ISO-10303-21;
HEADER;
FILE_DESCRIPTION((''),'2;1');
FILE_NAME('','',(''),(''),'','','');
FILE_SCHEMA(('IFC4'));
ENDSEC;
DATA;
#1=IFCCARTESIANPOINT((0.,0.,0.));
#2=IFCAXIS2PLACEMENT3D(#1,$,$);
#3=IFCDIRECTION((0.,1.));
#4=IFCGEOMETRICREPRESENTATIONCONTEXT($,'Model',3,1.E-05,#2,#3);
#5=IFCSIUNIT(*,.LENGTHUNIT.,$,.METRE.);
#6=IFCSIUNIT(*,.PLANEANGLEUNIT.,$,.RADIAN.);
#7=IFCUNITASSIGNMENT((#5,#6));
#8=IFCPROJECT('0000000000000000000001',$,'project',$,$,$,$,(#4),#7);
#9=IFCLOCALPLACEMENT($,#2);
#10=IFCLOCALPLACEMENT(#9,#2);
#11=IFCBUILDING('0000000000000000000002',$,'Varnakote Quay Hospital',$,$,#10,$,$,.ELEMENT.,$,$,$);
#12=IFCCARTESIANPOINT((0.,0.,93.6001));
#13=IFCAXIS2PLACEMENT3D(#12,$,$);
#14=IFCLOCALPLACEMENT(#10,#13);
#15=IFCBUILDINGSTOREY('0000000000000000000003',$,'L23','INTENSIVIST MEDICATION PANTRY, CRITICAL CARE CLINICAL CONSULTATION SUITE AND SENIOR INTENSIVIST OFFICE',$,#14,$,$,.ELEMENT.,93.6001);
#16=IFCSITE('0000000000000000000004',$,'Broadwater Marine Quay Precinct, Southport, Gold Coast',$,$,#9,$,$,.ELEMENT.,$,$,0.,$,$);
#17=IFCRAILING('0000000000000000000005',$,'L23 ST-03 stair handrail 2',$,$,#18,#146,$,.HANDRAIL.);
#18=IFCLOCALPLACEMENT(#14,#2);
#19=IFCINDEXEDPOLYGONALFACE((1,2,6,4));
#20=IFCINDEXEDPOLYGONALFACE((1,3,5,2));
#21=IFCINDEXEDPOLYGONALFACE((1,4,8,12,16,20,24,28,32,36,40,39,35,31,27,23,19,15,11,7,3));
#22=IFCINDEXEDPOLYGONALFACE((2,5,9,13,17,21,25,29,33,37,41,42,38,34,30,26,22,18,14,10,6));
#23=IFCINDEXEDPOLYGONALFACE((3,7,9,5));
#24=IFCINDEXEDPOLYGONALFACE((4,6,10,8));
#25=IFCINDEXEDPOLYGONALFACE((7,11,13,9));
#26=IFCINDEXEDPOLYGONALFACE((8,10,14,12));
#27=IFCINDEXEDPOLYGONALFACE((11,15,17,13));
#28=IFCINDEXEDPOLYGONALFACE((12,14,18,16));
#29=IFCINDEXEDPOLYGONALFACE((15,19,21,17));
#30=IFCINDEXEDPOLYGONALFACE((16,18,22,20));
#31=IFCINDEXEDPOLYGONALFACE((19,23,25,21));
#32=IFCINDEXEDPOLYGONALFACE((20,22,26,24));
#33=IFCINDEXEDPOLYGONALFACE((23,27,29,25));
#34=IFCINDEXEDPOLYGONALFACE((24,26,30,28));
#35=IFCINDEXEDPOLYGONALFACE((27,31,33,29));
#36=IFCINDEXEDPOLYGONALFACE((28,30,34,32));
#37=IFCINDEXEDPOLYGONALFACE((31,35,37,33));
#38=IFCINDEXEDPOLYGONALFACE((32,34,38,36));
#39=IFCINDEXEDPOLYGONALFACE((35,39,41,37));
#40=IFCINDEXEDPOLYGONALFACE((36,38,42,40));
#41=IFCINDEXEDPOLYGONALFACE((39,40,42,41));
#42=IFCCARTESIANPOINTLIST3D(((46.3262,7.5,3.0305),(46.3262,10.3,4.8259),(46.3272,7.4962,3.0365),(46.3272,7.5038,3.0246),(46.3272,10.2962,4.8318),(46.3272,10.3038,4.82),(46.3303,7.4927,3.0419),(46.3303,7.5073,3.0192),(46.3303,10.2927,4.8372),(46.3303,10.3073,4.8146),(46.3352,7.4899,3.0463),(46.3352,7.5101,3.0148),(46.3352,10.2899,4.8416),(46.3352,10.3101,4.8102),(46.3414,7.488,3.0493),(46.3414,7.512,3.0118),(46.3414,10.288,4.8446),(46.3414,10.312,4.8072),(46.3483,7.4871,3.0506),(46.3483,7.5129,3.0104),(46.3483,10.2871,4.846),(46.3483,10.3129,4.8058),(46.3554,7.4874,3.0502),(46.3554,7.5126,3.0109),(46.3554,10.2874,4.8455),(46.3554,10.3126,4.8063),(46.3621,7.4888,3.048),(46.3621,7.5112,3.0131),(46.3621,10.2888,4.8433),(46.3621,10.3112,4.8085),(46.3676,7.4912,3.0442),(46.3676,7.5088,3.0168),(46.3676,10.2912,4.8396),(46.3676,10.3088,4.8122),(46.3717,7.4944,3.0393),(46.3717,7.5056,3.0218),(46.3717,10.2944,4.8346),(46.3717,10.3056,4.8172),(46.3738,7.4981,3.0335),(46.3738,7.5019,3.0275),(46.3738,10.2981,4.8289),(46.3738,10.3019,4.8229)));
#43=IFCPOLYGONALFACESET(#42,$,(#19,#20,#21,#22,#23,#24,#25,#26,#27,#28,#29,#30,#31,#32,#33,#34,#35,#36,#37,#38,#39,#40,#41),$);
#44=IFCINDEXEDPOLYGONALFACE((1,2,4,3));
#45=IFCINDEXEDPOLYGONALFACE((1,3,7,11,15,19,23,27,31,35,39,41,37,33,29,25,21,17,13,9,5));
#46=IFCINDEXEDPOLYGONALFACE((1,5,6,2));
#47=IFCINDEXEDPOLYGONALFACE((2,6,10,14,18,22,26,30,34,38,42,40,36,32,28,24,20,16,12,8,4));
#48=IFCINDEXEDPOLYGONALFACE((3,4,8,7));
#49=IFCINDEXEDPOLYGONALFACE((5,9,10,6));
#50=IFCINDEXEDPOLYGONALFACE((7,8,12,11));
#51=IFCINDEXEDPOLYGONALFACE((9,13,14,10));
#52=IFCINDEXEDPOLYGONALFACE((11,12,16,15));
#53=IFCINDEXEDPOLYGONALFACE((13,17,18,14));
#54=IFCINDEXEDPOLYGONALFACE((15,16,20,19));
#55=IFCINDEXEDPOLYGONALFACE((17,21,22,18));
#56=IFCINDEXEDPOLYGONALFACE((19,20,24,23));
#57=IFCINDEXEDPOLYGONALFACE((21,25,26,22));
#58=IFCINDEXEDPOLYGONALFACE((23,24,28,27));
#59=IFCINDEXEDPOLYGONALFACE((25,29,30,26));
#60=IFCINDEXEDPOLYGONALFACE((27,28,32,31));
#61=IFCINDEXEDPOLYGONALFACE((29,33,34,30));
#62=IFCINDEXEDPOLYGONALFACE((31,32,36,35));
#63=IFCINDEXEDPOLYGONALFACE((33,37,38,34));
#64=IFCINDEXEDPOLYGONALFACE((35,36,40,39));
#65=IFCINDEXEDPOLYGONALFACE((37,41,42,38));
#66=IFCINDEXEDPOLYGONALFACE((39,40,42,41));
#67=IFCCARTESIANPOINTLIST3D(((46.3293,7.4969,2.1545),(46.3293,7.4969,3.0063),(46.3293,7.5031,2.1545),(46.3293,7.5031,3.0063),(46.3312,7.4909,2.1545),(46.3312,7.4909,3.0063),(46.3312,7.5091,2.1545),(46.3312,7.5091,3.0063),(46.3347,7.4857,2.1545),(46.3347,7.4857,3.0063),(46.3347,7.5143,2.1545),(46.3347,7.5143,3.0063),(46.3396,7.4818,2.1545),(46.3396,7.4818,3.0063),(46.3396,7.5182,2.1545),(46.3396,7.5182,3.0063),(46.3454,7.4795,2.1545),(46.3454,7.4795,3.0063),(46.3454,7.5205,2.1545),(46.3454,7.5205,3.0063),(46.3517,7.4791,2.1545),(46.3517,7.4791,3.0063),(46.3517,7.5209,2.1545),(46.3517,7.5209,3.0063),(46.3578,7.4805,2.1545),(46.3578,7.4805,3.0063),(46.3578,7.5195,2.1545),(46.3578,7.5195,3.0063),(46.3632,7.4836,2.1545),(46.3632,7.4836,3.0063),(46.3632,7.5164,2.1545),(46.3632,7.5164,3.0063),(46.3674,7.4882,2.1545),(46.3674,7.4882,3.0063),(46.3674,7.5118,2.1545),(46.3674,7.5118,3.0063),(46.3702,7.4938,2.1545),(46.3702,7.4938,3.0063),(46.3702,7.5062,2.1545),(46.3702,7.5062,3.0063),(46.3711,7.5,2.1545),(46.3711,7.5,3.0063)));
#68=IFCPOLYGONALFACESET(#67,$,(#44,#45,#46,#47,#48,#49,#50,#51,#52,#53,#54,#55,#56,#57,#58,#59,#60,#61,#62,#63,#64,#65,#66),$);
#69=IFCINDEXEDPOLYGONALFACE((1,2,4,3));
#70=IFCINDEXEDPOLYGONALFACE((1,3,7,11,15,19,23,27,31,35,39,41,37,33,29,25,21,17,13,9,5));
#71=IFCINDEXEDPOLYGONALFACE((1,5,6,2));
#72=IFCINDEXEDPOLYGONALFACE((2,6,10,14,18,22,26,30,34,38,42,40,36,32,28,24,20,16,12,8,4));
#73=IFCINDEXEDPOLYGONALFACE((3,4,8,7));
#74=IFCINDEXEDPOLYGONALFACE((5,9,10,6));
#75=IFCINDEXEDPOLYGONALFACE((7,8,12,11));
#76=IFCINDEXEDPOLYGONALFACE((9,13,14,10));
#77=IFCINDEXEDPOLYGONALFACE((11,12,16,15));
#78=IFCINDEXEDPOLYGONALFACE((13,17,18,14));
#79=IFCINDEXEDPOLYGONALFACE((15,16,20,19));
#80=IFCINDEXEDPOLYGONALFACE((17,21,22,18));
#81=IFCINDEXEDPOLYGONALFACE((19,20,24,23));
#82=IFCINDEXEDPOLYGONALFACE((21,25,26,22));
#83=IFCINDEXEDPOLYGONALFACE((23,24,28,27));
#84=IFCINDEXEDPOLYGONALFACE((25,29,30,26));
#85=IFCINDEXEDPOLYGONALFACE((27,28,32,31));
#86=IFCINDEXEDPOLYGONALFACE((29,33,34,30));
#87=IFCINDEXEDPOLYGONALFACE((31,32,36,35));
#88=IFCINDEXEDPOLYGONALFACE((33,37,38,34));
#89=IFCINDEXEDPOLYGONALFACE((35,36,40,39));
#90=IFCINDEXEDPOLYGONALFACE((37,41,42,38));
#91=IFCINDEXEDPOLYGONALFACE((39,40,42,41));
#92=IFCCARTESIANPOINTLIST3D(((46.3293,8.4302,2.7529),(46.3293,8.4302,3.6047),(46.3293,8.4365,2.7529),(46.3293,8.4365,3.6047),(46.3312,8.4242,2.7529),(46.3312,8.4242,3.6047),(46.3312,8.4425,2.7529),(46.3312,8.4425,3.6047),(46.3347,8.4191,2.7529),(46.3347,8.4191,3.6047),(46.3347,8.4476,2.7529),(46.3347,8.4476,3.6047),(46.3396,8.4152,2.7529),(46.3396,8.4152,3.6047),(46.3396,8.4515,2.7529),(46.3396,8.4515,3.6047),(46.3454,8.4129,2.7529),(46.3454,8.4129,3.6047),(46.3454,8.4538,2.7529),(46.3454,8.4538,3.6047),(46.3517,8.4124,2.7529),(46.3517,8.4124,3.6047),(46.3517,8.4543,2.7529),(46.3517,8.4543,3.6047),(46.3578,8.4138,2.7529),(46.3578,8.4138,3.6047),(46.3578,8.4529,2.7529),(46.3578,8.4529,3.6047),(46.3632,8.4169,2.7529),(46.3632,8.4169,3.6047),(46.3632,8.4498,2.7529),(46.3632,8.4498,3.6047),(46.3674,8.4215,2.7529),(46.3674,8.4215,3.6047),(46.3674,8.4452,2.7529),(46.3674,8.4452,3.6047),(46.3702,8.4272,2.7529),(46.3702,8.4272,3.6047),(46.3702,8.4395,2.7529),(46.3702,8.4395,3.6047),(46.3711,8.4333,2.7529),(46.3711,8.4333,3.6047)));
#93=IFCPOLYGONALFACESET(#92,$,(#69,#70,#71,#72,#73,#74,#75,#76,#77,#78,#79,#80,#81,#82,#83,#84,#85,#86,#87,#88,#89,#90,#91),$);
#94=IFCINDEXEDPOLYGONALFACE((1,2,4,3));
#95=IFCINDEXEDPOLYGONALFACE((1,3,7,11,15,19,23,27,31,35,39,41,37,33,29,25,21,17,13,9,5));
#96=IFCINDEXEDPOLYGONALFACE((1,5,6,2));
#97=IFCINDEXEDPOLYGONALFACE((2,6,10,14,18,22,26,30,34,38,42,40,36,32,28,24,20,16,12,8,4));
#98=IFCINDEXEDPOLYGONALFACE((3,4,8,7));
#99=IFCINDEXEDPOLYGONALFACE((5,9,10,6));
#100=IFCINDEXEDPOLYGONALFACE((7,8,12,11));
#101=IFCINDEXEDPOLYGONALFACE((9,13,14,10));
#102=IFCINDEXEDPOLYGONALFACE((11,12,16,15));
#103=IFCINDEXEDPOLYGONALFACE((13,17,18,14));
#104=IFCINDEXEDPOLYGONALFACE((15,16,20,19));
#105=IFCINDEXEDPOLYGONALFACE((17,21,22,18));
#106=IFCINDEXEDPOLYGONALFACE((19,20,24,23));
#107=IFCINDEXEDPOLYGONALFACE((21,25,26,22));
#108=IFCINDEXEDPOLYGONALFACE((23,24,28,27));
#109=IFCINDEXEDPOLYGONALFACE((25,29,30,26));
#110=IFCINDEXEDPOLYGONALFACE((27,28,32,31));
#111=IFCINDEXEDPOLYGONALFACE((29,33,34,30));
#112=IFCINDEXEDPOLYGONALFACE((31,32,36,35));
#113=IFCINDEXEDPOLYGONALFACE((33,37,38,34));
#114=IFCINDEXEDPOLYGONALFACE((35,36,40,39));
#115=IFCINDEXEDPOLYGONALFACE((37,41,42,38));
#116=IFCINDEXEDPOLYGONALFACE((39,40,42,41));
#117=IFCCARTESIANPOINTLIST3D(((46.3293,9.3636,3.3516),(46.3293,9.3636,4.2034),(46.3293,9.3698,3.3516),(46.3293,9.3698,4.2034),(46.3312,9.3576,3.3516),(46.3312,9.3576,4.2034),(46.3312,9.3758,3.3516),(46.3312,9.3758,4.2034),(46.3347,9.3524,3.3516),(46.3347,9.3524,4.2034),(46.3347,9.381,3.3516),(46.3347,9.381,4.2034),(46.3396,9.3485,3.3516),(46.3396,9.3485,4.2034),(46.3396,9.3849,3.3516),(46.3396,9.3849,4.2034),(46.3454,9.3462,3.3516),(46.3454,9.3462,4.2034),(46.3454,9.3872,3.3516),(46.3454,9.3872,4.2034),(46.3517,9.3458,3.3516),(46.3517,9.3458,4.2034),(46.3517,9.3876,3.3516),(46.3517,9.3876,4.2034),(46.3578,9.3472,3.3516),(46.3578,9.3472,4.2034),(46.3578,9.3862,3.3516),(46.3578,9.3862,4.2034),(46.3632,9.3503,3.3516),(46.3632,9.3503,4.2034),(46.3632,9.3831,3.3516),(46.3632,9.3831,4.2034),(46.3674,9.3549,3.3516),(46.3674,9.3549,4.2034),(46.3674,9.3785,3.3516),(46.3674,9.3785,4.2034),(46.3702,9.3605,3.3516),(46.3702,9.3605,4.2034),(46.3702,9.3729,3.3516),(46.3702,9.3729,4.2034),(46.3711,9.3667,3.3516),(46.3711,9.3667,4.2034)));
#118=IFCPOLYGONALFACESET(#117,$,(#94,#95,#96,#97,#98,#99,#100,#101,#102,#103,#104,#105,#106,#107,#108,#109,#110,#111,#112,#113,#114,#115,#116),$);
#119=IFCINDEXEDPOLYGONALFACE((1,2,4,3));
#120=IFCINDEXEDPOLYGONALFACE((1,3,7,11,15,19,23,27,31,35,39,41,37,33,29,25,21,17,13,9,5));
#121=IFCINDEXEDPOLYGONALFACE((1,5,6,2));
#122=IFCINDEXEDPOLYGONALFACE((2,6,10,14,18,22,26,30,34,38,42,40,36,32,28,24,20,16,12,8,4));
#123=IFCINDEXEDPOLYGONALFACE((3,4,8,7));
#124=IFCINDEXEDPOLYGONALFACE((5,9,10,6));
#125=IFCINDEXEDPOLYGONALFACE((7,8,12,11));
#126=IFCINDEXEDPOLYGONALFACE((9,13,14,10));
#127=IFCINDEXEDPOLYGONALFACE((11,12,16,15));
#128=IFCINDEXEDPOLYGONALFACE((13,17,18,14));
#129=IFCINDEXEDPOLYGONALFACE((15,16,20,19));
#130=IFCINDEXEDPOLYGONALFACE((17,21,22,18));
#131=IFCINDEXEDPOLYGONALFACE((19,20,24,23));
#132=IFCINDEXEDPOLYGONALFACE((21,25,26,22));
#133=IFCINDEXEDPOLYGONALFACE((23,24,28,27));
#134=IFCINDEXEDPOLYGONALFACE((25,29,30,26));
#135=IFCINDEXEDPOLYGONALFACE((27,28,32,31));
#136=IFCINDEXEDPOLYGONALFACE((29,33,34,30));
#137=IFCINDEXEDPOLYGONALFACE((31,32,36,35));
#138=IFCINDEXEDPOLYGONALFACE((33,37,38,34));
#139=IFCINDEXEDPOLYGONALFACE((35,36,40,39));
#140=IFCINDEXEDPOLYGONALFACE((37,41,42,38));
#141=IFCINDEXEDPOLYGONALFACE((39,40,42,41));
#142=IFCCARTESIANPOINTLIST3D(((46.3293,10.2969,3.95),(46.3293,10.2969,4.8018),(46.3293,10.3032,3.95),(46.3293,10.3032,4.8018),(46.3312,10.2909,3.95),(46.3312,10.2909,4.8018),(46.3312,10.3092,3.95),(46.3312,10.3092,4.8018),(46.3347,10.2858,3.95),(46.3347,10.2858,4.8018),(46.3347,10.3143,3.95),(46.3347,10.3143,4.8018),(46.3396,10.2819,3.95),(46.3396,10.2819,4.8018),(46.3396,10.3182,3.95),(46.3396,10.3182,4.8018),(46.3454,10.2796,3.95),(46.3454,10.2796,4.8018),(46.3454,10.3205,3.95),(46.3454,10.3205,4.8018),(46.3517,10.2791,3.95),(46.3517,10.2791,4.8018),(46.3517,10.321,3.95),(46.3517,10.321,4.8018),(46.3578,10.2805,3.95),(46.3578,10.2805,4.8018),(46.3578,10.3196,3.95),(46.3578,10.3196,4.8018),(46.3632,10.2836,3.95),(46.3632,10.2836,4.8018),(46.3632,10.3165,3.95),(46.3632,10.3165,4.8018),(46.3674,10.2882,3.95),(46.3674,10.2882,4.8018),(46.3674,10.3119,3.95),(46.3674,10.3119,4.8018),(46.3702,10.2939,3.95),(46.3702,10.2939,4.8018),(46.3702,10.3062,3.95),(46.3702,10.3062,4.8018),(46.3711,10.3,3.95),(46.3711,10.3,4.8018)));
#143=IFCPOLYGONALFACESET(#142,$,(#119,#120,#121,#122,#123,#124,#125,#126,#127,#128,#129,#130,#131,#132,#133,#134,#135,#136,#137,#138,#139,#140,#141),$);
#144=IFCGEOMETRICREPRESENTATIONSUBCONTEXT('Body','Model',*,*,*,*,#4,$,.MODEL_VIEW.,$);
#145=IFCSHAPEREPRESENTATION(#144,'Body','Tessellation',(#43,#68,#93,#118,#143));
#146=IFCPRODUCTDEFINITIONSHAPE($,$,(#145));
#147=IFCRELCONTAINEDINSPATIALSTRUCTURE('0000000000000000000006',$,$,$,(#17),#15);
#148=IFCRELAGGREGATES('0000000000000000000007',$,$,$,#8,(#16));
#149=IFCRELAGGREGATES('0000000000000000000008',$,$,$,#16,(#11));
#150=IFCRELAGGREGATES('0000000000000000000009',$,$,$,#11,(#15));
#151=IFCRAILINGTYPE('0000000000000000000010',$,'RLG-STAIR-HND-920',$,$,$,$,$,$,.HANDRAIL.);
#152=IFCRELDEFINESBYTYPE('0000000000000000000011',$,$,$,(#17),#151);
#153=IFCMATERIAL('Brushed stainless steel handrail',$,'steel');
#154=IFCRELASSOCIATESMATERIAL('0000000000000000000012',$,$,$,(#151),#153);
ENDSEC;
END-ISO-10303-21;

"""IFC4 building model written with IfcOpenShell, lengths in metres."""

from ifc_helpers import new_model, si_unit, direction, frame, origin, origin_2d, place, context, subcontext, project, spatial, circle, extrude, material, type_object, element, save


model = new_model("IFC4")

# Units and contexts
model_context = context("Model", 3, precision=1e-05, world=origin(), true_north=direction((0.0, 1.0)))
body_context = subcontext(model_context, "Body", "Model", "MODEL_VIEW")
ifc_project = project(units=[si_unit("LENGTHUNIT", "METRE"), si_unit("PLANEANGLEUNIT", "RADIAN")], contexts=[model_context])

# Site, building, storey
site_placement = place(None, origin())
site = spatial("IfcSite", under=ifc_project, at=site_placement, Name="Broadwater Marine Quay Precinct, Southport, Gold Coast", CompositionType="ELEMENT", RefElevation=0.0)
building_placement = place(site_placement, origin())
building = spatial("IfcBuilding", under=site, at=building_placement, Name="Varnakote Quay Hospital", CompositionType="ELEMENT")
storey_placement = place(building_placement, frame((0.0, 0.0, 93.6001)))
storey = spatial("IfcBuildingStorey", under=building, at=storey_placement, Name="L23", Description="INTENSIVIST MEDICATION PANTRY, CRITICAL CARE CLINICAL CONSULTATION SUITE AND SENIOR INTENSIVIST OFFICE", CompositionType="ELEMENT", Elevation=93.6001)

# Railing
ifc_material_1 = material(Name="Brushed stainless steel handrail", Category="steel")
railing_type_1 = type_object("IfcRailingType", Name="RLG-STAIR-HND-920", PredefinedType="HANDRAIL", material=ifc_material_1)
railing_1_placement = place(storey_placement, frame((46.3501, 7.5, 2.1545)))
element("IfcRailing", 1, at=railing_1_placement, inside=storey, type_object=railing_type_1, Name="L23 ST-03 stair handrail 2", PredefinedType="HANDRAIL", context=body_context, shape_type="SweptSolid", body=[
    extrude(circle(Radius=0.0239, at=origin_2d()), frame((0.0, 0.0, 0.876), z_axis=(0.0, 0.84181, 0.539774), x_axis=(-1.0, 0.0, 0.0)), (0.0, 0.0, 1.0), 3.3262),
    extrude(circle(Radius=0.021, at=origin_2d()), origin(), (0.0, 0.0, 1.0), 0.8518),
    extrude(circle(Radius=0.021, at=origin_2d()), frame((0.0, 0.9333, 0.5984)), (0.0, 0.0, 1.0), 0.8518),
    extrude(circle(Radius=0.021, at=origin_2d()), frame((0.0, 1.8667, 1.197)), (0.0, 0.0, 1.0), 0.8518),
    extrude(circle(Radius=0.021, at=origin_2d()), frame((0.0, 2.8, 1.7954)), (0.0, 0.0, 1.0), 0.8518),
])

save(model, "model.ifc")
